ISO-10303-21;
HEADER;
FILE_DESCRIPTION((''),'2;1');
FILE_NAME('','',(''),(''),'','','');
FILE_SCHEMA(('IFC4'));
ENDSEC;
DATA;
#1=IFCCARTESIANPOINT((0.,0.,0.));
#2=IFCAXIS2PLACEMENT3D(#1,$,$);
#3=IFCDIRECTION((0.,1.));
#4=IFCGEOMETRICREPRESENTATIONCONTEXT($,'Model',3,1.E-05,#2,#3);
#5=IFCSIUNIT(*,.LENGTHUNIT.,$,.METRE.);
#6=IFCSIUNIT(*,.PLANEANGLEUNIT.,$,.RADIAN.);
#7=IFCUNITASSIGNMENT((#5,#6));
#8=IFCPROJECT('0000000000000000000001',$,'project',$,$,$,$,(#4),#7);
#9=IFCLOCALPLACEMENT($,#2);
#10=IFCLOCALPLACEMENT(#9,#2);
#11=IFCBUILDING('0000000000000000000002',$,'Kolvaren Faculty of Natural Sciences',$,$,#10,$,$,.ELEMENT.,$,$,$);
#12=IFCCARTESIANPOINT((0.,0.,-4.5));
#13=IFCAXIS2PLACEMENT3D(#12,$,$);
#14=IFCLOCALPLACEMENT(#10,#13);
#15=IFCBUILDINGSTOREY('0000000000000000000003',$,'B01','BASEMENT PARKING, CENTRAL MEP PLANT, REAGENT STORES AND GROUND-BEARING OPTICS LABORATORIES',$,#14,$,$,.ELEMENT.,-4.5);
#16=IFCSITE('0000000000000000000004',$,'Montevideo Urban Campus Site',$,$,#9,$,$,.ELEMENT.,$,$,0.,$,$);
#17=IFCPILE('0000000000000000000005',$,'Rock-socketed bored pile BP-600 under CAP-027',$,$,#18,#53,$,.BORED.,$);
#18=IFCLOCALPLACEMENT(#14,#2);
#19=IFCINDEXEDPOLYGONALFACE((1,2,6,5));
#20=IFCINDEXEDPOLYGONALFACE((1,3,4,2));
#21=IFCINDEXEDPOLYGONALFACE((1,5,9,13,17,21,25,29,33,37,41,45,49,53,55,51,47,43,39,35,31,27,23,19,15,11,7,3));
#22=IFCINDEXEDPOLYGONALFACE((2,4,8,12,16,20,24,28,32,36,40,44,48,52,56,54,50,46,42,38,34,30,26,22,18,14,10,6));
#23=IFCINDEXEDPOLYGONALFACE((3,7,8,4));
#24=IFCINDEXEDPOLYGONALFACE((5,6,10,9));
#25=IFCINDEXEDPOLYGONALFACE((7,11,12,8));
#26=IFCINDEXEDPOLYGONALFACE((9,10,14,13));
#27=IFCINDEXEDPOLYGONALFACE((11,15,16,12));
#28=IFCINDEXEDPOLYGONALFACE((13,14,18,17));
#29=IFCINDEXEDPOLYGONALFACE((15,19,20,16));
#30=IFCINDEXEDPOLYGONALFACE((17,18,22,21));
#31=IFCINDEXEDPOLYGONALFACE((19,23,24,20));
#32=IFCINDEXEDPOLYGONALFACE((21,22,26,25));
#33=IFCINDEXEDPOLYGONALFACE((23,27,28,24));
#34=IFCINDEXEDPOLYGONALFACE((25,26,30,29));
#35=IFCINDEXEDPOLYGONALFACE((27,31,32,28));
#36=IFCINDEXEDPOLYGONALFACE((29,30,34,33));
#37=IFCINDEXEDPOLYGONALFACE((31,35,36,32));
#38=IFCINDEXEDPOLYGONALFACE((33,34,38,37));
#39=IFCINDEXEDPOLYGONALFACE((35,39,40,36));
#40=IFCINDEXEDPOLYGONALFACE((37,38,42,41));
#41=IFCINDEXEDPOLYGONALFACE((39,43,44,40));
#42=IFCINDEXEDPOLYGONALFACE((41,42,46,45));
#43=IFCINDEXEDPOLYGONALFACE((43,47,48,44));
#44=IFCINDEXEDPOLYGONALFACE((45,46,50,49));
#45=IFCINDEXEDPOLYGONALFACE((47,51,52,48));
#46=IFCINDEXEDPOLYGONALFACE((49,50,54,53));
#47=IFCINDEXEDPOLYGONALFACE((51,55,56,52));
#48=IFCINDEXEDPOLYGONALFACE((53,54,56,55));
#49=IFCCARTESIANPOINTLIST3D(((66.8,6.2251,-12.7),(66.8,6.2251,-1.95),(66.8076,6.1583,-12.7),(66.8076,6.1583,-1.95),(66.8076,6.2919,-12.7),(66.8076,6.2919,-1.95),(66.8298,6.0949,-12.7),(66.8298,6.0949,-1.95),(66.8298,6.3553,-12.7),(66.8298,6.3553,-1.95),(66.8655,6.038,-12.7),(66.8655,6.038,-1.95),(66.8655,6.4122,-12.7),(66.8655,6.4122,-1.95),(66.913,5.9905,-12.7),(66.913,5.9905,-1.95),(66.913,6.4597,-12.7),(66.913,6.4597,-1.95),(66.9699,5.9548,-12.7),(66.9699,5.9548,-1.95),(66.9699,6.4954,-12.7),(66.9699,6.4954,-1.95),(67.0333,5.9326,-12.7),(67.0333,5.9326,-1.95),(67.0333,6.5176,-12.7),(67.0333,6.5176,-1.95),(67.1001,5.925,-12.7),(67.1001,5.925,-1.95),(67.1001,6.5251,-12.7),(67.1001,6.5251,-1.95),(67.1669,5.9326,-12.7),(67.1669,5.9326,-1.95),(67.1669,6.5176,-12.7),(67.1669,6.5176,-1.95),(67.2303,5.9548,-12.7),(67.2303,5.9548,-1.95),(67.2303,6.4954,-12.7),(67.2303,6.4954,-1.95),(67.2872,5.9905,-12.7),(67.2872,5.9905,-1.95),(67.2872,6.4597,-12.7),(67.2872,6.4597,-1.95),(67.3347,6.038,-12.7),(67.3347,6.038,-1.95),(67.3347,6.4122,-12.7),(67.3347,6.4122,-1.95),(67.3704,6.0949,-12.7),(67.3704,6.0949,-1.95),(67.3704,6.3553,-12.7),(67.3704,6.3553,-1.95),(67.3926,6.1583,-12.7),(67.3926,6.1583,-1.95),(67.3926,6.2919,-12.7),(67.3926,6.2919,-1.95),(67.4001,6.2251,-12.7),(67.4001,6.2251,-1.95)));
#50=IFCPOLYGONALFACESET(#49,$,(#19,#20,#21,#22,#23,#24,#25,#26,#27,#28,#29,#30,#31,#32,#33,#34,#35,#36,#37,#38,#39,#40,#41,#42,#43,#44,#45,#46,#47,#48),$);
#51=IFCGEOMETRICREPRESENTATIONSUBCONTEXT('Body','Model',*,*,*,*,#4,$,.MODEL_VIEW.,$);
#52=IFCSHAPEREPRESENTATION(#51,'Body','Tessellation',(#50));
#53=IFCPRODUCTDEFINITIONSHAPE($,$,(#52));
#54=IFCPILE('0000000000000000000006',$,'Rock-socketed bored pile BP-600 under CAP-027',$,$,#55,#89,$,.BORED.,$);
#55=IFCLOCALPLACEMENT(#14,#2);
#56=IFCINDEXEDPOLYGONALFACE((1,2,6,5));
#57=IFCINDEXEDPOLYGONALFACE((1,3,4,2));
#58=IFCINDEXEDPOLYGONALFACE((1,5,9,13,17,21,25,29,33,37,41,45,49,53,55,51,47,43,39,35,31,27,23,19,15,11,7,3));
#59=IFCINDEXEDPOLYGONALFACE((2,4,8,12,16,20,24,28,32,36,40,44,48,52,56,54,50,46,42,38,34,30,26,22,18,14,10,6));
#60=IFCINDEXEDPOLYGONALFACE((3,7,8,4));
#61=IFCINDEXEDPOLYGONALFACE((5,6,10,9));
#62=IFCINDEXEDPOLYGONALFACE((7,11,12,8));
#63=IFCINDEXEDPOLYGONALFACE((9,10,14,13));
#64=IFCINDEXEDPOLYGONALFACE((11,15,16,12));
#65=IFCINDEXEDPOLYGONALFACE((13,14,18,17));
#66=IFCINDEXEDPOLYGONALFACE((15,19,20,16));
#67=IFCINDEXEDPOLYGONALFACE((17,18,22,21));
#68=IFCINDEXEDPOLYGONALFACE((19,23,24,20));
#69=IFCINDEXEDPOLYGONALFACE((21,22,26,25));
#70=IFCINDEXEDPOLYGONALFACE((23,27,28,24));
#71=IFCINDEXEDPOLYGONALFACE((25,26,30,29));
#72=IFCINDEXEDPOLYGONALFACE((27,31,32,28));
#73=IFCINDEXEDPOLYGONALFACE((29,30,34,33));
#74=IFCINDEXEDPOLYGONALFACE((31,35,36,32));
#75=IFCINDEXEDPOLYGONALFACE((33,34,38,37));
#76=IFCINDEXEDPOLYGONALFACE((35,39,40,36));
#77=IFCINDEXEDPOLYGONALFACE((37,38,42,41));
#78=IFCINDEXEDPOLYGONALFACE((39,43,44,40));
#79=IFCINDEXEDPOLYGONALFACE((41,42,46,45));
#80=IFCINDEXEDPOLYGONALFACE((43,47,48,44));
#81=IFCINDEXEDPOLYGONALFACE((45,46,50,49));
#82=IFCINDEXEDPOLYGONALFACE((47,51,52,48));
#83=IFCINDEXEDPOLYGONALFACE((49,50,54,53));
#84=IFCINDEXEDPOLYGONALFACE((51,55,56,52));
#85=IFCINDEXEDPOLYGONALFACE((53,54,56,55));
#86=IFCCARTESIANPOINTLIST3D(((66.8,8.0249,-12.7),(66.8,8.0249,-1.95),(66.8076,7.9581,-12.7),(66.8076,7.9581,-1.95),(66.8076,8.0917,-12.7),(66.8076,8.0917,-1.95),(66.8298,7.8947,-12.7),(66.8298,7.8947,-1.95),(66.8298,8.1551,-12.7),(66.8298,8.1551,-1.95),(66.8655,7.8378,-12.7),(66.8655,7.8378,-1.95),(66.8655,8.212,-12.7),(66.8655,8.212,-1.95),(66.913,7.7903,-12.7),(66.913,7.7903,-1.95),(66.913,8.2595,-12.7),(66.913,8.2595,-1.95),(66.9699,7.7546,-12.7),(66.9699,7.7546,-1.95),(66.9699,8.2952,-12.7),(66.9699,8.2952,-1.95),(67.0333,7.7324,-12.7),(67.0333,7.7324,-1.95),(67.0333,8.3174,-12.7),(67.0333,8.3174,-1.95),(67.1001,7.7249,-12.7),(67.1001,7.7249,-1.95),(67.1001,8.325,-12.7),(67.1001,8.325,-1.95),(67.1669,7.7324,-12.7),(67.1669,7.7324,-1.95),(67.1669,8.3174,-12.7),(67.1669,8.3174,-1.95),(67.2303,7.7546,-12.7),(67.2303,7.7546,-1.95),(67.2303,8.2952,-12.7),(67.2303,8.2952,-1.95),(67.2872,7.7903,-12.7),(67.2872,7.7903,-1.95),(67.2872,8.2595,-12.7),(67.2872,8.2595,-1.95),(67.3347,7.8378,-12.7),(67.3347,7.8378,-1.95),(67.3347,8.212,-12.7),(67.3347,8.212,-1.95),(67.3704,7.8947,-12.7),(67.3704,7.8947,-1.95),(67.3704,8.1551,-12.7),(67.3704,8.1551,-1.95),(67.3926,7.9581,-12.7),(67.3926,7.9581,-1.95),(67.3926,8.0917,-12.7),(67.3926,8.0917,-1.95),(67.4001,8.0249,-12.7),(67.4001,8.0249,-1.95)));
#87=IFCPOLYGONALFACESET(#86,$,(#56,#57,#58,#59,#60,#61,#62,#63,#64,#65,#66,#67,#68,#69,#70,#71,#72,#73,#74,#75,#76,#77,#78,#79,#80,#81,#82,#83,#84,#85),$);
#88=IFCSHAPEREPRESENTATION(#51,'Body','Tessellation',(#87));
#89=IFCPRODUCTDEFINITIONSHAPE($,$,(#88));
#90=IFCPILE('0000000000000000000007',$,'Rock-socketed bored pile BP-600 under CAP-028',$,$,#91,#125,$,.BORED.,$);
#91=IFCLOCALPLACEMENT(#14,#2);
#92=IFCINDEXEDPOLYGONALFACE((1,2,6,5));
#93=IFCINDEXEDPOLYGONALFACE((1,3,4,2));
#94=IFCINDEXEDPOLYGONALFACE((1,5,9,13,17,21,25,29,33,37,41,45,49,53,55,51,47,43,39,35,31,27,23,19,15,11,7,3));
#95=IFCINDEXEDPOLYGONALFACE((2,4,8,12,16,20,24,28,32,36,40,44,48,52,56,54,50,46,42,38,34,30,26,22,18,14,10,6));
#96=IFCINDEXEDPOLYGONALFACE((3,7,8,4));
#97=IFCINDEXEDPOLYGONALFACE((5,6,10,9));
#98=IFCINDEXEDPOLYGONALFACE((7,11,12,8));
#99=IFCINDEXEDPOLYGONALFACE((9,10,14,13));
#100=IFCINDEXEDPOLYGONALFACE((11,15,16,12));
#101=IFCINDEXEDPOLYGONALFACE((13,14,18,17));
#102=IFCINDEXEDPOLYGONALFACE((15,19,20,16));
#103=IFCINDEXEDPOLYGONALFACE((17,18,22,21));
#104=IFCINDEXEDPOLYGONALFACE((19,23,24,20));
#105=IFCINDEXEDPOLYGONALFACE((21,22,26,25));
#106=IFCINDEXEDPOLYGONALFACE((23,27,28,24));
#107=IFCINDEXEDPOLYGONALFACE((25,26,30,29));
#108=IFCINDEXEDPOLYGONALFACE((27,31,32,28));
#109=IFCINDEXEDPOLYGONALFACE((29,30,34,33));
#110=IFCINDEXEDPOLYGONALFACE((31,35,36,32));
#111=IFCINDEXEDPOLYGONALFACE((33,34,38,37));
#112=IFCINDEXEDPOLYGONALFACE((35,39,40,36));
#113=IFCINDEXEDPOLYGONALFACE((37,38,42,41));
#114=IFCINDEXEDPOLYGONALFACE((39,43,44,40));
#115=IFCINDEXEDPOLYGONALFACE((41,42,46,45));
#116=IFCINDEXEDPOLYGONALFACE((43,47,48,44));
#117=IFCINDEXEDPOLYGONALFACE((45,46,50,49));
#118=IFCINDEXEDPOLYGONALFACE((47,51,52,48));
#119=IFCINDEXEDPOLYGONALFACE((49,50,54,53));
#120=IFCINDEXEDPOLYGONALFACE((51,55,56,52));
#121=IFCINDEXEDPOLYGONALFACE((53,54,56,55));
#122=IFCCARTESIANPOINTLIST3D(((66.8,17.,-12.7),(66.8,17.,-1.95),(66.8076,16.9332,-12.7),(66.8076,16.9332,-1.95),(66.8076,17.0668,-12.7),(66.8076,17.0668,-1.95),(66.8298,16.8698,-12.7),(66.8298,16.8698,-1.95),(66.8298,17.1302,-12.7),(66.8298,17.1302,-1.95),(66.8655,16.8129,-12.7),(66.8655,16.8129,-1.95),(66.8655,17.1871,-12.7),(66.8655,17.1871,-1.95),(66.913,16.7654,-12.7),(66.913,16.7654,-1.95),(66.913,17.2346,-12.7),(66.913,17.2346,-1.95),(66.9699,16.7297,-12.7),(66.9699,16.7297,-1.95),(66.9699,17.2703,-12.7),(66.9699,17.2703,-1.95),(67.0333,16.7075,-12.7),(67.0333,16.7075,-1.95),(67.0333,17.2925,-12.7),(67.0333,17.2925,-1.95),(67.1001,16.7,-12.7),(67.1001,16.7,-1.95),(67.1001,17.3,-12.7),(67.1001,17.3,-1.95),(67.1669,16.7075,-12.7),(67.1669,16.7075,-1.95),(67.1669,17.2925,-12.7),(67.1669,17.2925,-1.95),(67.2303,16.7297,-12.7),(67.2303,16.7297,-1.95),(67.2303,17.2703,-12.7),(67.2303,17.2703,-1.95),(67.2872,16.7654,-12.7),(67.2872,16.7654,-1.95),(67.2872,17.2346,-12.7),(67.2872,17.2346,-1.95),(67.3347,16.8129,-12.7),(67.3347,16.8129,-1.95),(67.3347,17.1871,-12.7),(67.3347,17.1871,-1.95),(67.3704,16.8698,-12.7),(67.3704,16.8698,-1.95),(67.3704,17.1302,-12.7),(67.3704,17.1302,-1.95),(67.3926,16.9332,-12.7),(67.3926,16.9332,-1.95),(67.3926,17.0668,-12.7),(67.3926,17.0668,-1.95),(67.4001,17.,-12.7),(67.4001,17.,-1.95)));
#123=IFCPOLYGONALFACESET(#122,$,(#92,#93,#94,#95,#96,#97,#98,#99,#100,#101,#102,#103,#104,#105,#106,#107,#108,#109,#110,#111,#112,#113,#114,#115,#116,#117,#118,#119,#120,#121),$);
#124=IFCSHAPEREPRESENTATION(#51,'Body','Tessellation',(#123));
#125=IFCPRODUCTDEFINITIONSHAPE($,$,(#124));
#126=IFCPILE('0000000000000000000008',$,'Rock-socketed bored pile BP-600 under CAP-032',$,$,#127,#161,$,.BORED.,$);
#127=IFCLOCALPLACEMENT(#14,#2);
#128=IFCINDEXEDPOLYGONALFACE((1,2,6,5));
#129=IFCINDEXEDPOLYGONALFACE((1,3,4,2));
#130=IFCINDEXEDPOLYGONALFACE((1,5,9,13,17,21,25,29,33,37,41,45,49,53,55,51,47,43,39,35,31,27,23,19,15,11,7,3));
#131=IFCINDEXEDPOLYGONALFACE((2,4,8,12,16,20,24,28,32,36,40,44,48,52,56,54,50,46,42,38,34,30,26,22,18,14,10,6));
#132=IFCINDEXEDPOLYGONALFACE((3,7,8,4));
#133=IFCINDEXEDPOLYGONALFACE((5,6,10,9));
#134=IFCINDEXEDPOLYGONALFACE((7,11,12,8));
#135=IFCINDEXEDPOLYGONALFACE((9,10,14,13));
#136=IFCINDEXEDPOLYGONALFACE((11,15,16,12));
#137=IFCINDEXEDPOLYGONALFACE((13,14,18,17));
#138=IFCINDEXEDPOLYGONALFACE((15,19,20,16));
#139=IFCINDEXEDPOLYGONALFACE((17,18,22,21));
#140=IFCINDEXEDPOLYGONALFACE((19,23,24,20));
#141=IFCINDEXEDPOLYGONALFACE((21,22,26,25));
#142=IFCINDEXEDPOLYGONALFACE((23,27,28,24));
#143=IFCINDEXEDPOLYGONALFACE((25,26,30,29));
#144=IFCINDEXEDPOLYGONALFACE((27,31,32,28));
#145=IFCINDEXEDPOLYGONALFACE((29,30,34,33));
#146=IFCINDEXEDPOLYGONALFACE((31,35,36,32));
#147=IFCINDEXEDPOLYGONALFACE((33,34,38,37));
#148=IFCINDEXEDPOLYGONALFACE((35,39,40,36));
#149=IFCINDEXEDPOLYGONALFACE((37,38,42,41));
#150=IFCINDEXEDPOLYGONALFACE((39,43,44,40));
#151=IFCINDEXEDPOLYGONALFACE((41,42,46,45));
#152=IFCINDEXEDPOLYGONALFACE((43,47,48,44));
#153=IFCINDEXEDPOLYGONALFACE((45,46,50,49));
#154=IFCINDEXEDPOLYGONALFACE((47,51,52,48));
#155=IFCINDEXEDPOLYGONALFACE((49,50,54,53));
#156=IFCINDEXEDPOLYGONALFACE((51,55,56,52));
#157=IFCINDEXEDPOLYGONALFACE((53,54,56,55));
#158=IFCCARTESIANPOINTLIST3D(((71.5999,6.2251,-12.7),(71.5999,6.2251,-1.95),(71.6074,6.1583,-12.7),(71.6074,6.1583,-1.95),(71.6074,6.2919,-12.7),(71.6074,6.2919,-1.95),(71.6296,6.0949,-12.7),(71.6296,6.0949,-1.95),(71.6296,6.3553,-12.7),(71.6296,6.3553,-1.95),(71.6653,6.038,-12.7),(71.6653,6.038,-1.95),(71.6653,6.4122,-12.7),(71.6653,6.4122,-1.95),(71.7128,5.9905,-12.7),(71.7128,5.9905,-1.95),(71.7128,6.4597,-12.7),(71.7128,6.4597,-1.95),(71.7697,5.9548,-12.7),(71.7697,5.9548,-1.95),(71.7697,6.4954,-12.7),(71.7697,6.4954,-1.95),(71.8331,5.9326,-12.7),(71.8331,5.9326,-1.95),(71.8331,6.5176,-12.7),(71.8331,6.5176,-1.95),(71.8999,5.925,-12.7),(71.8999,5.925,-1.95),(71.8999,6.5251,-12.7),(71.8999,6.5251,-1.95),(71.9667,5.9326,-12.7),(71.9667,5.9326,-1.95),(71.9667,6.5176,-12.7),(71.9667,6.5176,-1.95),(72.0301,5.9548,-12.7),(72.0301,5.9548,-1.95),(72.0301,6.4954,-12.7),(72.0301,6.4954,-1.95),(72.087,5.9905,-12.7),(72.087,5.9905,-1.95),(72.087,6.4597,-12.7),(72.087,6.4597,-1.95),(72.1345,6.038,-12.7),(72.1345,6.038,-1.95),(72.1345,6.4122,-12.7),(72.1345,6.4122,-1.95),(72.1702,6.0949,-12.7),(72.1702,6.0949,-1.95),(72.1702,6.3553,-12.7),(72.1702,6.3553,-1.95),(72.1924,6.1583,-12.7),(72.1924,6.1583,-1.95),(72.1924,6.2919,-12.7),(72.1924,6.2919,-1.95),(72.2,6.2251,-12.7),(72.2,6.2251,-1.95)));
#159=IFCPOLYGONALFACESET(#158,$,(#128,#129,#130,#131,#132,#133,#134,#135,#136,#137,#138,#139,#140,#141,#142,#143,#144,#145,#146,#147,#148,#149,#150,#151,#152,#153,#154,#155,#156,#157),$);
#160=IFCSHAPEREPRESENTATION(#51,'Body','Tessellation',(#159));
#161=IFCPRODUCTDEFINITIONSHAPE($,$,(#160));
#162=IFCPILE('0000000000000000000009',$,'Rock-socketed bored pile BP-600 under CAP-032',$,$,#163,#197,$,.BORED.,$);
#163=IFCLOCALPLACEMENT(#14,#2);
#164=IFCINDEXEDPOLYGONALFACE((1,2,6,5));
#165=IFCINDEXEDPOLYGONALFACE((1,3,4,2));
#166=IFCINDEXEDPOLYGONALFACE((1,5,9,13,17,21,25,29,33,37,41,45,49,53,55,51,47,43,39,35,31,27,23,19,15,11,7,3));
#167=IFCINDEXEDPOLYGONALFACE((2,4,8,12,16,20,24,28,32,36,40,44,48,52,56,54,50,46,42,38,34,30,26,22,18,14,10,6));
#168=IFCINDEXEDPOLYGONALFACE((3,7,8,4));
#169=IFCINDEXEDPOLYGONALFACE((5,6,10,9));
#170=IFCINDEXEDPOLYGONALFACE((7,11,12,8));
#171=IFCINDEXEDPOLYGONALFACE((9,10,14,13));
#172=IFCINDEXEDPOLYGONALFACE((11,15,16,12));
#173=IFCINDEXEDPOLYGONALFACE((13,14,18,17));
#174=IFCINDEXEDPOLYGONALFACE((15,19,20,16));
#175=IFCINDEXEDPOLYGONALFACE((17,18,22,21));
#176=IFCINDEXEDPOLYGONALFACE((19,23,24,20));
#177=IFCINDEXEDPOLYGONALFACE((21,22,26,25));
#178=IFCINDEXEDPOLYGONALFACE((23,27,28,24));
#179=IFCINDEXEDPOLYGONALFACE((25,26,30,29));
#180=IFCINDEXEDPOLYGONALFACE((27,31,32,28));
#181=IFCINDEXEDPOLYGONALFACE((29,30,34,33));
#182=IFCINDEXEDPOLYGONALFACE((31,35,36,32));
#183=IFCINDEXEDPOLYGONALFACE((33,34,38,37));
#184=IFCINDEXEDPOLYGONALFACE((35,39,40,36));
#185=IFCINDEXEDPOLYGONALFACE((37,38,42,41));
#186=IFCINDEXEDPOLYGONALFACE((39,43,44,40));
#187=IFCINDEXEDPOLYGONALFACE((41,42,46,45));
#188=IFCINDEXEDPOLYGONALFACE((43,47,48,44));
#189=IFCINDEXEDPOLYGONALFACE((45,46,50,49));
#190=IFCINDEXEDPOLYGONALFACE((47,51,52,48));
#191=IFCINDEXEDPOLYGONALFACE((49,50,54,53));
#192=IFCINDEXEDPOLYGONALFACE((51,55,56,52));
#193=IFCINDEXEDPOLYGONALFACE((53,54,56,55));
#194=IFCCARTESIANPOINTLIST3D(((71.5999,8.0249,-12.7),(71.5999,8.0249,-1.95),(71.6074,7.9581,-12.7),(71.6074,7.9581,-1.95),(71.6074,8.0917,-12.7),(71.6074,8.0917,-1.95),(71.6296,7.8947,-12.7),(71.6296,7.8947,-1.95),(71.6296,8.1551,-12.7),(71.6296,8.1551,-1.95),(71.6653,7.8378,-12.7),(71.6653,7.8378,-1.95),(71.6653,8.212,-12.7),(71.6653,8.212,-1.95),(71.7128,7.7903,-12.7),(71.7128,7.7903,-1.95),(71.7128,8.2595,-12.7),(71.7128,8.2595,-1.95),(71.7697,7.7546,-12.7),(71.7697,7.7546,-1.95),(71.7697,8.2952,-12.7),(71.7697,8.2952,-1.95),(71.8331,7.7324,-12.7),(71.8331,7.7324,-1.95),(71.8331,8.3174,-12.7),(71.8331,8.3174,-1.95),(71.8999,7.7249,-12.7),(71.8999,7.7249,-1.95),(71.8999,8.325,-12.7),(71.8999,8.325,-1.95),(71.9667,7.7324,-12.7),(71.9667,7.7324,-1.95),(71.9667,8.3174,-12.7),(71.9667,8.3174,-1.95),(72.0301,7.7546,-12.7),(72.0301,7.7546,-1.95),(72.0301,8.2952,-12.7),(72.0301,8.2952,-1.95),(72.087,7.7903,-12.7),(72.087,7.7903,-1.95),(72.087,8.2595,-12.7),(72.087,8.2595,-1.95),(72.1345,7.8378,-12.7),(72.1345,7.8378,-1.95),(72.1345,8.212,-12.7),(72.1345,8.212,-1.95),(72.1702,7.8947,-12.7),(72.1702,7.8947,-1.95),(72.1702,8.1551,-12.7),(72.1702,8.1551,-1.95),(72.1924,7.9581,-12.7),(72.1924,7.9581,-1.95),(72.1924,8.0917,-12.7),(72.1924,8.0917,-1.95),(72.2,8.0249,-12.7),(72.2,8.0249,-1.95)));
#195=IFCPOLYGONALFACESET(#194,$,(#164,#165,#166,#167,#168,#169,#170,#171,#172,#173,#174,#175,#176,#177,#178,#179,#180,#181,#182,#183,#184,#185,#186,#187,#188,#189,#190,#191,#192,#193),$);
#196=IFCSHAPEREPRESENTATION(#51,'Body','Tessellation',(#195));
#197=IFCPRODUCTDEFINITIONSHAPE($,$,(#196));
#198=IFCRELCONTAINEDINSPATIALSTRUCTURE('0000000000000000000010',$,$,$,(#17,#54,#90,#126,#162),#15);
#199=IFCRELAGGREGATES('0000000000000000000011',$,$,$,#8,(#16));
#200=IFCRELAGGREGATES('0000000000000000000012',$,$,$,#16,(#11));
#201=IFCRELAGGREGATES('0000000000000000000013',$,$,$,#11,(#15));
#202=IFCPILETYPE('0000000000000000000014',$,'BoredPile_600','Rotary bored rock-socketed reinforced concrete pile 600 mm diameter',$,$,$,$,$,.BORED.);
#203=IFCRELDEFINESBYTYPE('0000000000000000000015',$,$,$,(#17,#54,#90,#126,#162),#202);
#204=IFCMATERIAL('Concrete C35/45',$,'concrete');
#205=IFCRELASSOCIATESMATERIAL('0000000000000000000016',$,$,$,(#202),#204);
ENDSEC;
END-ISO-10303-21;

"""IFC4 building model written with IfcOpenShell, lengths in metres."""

from ifc_helpers import new_model, si_unit, direction, frame, origin, origin_2d, place, context, subcontext, project, spatial, circle, extrude, material, material_profile, profile_set, type_object, element, save


model = new_model("IFC4")

# Units and contexts
model_context = context("Model", 3, precision=1e-05, world=origin(), true_north=direction((0.0, 1.0)))
body_context = subcontext(model_context, "Body", "Model", "MODEL_VIEW")
ifc_project = project(units=[si_unit("LENGTHUNIT", "METRE"), si_unit("PLANEANGLEUNIT", "RADIAN")], contexts=[model_context])

# Site, building, storey
site_placement = place(None, origin())
site = spatial("IfcSite", under=ifc_project, at=site_placement, Name="Montevideo Urban Campus Site", CompositionType="ELEMENT", RefElevation=0.0)
building_placement = place(site_placement, origin())
building = spatial("IfcBuilding", under=site, at=building_placement, Name="Kolvaren Faculty of Natural Sciences", CompositionType="ELEMENT")
storey_placement = place(building_placement, frame((0.0, 0.0, -4.5)))
storey = spatial("IfcBuildingStorey", under=building, at=storey_placement, Name="B01", Description="BASEMENT PARKING, CENTRAL MEP PLANT, REAGENT STORES AND GROUND-BEARING OPTICS LABORATORIES", CompositionType="ELEMENT", Elevation=-4.5)

# Piles
ifc_material_1 = material(Name="Concrete C35/45", Category="concrete")
ifc_material_profile_1 = material_profile(ifc_material_1, circle(Radius=0.3, at=origin_2d()), Name="PILE D600")
ifc_profile_set_1 = profile_set([ifc_material_profile_1], Name="Concrete C35/45")
pile_type = type_object("IfcPileType", Name="BoredPile_600", Description="Rotary bored rock-socketed reinforced concrete pile 600 mm diameter", PredefinedType="BORED", material=ifc_profile_set_1)
for number, where, z_axis, x_axis, name in (
    (1, (67.1001, 6.2251, -1.95), (0.0, 0.0, -1.0), (1.0, 0.0, 0.0), "Rock-socketed bored pile BP-600 under CAP-027"),
    (2, (67.1001, 8.0249, -1.95), (0.0, 0.0, -1.0), (1.0, 0.0, 0.0), "Rock-socketed bored pile BP-600 under CAP-027"),
    (3, (67.1001, 17.0, -1.95), (0.0, 0.0, -1.0), (1.0, 0.0, 0.0), "Rock-socketed bored pile BP-600 under CAP-028"),
    (4, (71.8999, 6.2251, -1.95), (0.0, 0.0, -1.0), (1.0, 0.0, 0.0), "Rock-socketed bored pile BP-600 under CAP-032"),
    (5, (71.8999, 8.0249, -1.95), (0.0, 0.0, -1.0), (1.0, 0.0, 0.0), "Rock-socketed bored pile BP-600 under CAP-032"),
):
    element("IfcPile", number, at=place(storey_placement, frame(where, z_axis=z_axis, x_axis=x_axis)), inside=storey, type_object=pile_type, Name=name, PredefinedType="BORED", context=body_context, shape_type="SweptSolid", body=[
        extrude(circle(Radius=0.3, at=origin_2d()), origin(), (0.0, 0.0, 1.0), 10.75),
    ])

save(model, "model.ifc")
